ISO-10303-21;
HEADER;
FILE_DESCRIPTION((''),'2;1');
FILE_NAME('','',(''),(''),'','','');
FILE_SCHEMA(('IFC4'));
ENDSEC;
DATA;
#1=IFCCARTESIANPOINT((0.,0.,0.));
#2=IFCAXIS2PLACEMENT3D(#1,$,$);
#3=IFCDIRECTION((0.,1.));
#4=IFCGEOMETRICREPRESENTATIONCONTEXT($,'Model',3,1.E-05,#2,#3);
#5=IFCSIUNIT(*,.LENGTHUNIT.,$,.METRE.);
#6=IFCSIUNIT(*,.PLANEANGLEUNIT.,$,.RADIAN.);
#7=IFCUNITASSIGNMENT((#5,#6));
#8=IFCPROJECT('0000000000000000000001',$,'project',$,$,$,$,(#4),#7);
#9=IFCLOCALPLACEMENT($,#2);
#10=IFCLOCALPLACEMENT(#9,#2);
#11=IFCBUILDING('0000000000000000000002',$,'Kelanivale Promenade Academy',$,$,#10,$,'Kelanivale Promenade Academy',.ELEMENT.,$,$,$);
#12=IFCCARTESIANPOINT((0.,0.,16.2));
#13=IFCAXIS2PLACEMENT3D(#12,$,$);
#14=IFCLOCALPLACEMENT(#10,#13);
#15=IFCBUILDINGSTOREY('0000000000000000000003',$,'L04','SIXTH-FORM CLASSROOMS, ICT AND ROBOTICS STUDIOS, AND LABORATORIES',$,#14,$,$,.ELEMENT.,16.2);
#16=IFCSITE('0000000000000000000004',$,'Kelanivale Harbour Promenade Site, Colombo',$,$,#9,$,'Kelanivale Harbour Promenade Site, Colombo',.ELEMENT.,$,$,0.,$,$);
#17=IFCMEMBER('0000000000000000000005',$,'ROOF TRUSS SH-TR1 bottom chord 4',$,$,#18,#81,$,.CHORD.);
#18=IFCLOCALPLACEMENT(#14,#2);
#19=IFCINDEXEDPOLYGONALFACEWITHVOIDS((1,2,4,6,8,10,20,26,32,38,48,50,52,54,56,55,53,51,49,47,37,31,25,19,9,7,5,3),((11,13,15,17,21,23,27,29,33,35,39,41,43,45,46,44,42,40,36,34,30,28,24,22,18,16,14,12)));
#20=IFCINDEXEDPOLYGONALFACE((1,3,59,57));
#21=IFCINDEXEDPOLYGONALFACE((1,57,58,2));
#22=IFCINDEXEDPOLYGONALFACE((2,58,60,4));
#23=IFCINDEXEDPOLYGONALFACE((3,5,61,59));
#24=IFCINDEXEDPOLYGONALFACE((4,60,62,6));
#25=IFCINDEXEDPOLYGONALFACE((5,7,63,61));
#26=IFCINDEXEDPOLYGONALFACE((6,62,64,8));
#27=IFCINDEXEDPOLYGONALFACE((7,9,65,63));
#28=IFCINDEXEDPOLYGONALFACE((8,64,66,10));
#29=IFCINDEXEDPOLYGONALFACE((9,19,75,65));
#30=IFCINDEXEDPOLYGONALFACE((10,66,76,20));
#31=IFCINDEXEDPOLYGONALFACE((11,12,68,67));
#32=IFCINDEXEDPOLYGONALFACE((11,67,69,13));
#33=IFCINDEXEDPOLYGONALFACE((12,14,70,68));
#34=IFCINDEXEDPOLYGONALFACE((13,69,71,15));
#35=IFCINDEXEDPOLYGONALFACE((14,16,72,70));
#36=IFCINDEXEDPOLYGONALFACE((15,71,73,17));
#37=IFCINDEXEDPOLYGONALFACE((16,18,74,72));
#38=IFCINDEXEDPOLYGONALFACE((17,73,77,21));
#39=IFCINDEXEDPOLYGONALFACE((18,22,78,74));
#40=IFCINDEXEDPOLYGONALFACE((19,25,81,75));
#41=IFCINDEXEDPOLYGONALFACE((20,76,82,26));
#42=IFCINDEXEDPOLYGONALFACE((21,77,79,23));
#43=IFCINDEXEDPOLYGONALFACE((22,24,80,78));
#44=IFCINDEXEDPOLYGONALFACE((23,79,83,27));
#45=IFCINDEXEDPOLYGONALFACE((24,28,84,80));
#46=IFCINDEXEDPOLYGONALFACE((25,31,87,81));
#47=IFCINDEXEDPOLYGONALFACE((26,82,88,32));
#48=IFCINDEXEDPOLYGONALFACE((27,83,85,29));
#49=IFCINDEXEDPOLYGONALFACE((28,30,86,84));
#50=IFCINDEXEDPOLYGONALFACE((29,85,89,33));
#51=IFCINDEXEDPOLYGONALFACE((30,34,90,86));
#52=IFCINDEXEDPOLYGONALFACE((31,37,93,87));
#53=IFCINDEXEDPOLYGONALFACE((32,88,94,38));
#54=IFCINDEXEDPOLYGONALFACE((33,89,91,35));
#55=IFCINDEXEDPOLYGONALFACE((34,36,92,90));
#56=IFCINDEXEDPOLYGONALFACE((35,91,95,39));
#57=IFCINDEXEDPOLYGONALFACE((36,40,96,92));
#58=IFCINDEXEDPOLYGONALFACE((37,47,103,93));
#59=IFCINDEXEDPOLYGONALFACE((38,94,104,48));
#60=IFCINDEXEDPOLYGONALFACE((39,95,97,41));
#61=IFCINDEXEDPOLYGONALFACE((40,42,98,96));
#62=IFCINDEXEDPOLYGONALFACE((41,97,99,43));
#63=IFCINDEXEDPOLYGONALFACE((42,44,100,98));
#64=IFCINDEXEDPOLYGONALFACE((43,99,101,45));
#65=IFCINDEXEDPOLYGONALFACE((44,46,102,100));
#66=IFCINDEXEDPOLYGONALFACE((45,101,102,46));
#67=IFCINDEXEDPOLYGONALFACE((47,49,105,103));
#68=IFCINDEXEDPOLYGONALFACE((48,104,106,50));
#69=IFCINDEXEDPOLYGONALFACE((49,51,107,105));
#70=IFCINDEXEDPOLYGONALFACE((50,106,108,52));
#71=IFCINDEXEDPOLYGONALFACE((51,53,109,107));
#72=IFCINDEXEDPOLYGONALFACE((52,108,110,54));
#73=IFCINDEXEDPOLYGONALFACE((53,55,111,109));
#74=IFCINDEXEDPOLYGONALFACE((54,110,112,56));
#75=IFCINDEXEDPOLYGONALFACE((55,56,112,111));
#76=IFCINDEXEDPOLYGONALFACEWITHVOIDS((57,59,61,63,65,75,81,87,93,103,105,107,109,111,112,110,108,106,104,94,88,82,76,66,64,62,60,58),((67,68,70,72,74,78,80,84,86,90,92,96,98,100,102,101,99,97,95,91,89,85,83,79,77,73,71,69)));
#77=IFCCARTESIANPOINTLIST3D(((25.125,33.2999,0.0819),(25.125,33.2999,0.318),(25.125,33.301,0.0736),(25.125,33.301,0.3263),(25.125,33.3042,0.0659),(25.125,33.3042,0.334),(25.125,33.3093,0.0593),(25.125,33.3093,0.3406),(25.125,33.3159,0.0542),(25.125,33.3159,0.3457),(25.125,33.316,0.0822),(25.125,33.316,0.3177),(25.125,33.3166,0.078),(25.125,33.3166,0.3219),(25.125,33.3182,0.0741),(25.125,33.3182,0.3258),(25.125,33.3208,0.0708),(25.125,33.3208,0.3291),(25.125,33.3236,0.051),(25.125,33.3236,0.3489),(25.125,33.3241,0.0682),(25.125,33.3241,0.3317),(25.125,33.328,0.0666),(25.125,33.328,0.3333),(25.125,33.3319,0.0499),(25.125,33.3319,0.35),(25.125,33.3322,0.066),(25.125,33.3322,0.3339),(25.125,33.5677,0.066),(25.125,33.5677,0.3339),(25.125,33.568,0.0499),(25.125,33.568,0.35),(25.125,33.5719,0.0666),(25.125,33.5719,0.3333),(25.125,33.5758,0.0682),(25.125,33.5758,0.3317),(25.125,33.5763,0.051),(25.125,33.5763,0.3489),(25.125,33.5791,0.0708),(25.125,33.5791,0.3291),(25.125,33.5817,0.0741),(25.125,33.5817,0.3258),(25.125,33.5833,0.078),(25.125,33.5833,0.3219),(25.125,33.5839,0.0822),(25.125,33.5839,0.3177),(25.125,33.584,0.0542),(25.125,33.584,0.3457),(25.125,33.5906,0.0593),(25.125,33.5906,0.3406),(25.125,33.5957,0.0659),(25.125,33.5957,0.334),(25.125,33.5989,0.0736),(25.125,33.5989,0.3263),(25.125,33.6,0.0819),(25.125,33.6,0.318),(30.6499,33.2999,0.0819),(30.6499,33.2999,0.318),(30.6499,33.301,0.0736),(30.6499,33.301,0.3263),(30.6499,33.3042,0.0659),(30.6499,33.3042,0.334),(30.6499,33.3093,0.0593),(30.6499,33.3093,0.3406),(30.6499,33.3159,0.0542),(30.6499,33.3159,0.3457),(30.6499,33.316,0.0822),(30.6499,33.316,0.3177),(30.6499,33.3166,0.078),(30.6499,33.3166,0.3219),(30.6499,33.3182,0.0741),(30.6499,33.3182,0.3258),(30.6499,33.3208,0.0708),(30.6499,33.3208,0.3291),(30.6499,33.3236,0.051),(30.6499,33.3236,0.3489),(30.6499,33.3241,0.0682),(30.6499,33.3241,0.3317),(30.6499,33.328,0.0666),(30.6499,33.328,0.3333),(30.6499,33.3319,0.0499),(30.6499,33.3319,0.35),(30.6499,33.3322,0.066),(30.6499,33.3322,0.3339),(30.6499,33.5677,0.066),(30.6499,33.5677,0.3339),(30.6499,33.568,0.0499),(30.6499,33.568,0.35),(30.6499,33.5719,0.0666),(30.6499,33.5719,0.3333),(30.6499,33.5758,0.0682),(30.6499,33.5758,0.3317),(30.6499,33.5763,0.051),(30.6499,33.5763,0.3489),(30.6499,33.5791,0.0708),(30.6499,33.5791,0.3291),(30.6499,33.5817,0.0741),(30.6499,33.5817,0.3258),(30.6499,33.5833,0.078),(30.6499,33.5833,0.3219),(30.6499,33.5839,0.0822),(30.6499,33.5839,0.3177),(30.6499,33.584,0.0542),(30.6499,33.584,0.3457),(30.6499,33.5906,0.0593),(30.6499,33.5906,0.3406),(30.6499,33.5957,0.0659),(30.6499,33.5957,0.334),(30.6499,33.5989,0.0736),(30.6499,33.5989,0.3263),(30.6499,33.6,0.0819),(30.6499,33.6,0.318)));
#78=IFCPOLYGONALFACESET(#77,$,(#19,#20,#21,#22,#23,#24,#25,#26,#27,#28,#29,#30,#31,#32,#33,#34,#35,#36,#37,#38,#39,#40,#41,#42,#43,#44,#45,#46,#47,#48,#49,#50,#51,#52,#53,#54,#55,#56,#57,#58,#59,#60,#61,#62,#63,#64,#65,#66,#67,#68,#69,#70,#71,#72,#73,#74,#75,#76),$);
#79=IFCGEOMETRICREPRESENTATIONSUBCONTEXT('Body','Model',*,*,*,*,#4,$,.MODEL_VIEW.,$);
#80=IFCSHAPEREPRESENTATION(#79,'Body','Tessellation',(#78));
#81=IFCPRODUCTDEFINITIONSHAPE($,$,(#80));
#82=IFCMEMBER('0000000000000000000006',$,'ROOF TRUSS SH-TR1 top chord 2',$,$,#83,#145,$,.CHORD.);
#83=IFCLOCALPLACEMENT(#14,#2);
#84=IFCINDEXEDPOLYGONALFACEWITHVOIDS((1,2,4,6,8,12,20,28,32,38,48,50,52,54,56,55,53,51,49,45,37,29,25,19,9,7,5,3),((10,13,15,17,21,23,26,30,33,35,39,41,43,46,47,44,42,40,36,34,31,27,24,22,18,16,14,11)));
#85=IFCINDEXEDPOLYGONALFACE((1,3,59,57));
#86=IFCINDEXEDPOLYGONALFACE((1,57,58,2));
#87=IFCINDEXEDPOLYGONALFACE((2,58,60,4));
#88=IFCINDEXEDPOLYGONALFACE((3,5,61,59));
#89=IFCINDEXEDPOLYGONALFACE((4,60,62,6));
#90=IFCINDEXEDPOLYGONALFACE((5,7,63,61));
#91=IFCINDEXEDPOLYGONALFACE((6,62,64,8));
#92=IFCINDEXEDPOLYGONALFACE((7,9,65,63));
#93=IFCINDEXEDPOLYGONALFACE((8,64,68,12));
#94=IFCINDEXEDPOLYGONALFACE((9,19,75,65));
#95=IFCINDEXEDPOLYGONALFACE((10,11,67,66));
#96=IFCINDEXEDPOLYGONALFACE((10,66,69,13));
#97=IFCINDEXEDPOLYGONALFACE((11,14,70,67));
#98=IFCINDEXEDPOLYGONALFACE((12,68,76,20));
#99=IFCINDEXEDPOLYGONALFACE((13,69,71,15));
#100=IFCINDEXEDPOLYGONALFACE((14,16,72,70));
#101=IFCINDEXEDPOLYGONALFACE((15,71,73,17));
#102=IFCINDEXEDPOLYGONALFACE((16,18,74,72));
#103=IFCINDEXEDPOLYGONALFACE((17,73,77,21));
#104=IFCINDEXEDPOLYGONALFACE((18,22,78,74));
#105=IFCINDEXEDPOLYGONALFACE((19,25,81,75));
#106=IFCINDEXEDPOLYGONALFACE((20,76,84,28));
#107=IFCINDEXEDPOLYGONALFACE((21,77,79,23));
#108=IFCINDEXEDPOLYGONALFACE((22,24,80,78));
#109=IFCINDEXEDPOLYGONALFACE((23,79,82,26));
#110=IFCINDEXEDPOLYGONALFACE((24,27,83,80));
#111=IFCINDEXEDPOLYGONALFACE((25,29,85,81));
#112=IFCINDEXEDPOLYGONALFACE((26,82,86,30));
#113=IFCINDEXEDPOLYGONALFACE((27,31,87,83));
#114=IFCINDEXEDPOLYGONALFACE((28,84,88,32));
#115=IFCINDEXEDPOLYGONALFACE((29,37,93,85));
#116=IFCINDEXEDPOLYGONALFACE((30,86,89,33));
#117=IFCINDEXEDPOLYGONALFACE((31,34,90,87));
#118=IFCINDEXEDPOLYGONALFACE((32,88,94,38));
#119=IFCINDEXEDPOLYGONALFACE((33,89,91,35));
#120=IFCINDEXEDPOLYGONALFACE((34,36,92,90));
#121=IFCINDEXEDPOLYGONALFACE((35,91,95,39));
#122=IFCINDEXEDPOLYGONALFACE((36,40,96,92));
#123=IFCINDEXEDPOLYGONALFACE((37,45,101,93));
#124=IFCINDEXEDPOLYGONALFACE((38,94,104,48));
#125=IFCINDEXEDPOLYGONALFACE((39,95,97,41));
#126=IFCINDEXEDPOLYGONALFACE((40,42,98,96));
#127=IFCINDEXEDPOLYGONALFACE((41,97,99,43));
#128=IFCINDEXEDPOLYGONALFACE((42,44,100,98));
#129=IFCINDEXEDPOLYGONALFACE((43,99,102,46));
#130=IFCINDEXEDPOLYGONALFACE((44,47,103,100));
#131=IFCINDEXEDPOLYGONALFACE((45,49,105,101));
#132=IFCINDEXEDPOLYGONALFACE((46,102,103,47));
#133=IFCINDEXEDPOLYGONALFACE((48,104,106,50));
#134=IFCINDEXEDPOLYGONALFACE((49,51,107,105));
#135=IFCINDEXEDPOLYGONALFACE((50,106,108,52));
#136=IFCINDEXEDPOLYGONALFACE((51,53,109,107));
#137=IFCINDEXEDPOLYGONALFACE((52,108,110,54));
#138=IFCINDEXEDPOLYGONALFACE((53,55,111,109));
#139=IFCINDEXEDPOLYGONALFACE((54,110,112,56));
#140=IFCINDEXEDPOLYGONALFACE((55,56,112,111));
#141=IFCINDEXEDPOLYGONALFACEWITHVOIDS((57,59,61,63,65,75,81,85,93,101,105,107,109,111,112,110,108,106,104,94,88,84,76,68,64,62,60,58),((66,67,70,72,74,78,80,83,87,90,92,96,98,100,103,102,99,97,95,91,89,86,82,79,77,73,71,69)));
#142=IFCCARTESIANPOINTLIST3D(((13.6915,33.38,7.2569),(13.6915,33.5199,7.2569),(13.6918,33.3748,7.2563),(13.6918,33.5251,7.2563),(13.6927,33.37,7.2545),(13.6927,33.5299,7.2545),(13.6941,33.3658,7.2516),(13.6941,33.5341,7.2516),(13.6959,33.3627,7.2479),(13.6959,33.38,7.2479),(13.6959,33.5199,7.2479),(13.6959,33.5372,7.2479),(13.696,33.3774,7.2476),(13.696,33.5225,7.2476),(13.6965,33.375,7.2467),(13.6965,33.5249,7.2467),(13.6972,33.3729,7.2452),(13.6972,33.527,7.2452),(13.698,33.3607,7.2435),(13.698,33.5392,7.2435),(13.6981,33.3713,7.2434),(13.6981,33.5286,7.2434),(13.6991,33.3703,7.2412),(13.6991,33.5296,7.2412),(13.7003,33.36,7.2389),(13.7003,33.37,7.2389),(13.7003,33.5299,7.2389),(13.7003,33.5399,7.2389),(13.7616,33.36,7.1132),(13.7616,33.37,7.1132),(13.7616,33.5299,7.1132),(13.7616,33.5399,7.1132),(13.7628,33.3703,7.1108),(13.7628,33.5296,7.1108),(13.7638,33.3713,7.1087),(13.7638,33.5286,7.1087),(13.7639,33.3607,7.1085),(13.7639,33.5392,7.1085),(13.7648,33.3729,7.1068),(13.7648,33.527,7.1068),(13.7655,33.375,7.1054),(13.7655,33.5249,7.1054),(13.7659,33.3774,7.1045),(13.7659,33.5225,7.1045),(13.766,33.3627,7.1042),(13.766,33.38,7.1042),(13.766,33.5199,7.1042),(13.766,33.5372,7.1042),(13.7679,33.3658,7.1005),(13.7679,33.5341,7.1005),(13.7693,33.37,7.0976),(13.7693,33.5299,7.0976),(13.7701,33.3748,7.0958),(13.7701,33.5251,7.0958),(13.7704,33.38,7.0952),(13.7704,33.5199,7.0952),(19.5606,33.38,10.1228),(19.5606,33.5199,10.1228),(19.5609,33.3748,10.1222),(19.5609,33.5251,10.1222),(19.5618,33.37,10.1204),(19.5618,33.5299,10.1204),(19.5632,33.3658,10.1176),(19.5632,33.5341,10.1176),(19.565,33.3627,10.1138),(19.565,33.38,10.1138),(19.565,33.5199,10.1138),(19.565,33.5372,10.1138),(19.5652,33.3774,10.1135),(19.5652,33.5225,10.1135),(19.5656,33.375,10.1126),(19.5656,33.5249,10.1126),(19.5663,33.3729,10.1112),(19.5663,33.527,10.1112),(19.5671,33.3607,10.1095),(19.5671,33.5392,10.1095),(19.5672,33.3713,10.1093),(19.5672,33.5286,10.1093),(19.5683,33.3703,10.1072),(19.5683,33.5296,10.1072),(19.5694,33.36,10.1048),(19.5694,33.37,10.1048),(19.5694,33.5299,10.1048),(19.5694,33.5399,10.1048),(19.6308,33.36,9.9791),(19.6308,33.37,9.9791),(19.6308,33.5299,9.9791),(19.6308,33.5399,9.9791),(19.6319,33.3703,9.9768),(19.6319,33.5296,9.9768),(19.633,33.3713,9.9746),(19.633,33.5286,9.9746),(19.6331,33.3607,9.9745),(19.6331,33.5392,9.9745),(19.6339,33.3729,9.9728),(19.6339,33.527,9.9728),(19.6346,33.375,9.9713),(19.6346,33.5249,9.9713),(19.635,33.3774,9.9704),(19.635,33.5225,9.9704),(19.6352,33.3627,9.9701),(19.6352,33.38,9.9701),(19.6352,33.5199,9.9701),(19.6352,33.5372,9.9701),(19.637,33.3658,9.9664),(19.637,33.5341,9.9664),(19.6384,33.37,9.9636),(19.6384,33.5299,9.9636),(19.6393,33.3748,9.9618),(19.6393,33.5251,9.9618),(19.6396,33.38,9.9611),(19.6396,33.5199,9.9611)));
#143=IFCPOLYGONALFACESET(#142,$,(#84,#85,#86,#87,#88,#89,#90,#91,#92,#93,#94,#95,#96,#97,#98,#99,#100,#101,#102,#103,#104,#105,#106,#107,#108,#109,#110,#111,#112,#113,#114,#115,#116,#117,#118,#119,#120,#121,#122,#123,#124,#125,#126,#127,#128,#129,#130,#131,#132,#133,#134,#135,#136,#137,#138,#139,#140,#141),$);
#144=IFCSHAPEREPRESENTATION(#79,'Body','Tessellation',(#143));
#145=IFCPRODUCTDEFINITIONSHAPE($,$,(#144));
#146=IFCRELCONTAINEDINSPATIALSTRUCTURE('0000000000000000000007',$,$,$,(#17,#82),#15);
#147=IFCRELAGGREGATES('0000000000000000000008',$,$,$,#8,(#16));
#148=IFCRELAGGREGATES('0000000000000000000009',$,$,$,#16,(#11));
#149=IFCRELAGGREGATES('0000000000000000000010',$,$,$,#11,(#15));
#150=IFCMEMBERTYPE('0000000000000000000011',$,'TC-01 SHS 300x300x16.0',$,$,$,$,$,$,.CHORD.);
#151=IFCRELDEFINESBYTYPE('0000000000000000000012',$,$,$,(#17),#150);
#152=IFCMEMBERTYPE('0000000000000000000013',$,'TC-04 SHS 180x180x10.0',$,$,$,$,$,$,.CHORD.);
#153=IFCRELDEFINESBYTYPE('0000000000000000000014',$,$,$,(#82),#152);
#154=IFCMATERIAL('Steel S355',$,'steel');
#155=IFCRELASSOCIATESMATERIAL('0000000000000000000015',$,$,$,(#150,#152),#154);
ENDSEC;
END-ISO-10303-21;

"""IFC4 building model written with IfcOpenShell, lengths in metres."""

from ifc_helpers import new_model, si_unit, direction, frame, origin, origin_2d, place, context, subcontext, project, spatial, hollow_rectangle, extrude, material, material_profile, profile_set, type_object, element, save


model = new_model("IFC4")

# Units and contexts
model_context = context("Model", 3, precision=1e-05, world=origin(), true_north=direction((0.0, 1.0)))
body_context = subcontext(model_context, "Body", "Model", "MODEL_VIEW")
ifc_project = project(units=[si_unit("LENGTHUNIT", "METRE"), si_unit("PLANEANGLEUNIT", "RADIAN")], contexts=[model_context])

# Site, building, storey
site_placement = place(None, origin())
site = spatial("IfcSite", under=ifc_project, at=site_placement, Name="Kelanivale Harbour Promenade Site, Colombo", LongName="Kelanivale Harbour Promenade Site, Colombo", CompositionType="ELEMENT", RefElevation=0.0)
building_placement = place(site_placement, origin())
building = spatial("IfcBuilding", under=site, at=building_placement, Name="Kelanivale Promenade Academy", LongName="Kelanivale Promenade Academy", CompositionType="ELEMENT")
storey_placement = place(building_placement, frame((0.0, 0.0, 16.2)))
storey = spatial("IfcBuildingStorey", under=building, at=storey_placement, Name="L04", Description="SIXTH-FORM CLASSROOMS, ICT AND ROBOTICS STUDIOS, AND LABORATORIES", CompositionType="ELEMENT", Elevation=16.2)

# Members
ifc_material = material(Name="Steel S355", Category="steel")
ifc_material_profile_1 = material_profile(ifc_material, hollow_rectangle(XDim=0.3, YDim=0.3, WallThickness=0.0161, InnerFilletRadius=0.0161, OuterFilletRadius=0.032, at=origin_2d()), Name="SHS 300x300x16.0")
ifc_profile_set_1 = profile_set([ifc_material_profile_1], Name="Steel S355")
member_type_1 = type_object("IfcMemberType", Name="TC-01 SHS 300x300x16.0", PredefinedType="CHORD", material=ifc_profile_set_1)
for number, where, z_axis, x_axis, name in (
    (1, (25.125, 33.45, 0.2), (1.0, 0.0, 0.0), (0.0, 1.0, 0.0), "ROOF TRUSS SH-TR1 bottom chord 4"),
):
    element("IfcMember", number, at=place(storey_placement, frame(where, z_axis=z_axis, x_axis=x_axis)), inside=storey, type_object=member_type_1, Name=name, PredefinedType="CHORD", context=body_context, shape_type="SweptSolid", body=[
        extrude(hollow_rectangle(XDim=0.3, YDim=0.3, WallThickness=0.0161, InnerFilletRadius=0.0161, OuterFilletRadius=0.032, at=origin_2d()), origin(), (0.0, 0.0, 1.0), 5.5249),
    ])
ifc_material_profile_2 = material_profile(ifc_material, hollow_rectangle(XDim=0.1799, YDim=0.1799, WallThickness=0.01, InnerFilletRadius=0.01, OuterFilletRadius=0.02, at=origin_2d()), Name="SHS 180x180x10.0")
ifc_profile_set_2 = profile_set([ifc_material_profile_2], Name="Steel S355")
member_type_2 = type_object("IfcMemberType", Name="TC-04 SHS 180x180x10.0", PredefinedType="CHORD", material=ifc_profile_set_2)
member_1_placement = place(storey_placement, frame((13.731, 33.45, 7.176), z_axis=(0.898589, 0.0, 0.438791), x_axis=(0.0, 1.0, 0.0)))
element("IfcMember", 2, at=member_1_placement, inside=storey, type_object=member_type_2, Name="ROOF TRUSS SH-TR1 top chord 2", PredefinedType="CHORD", context=body_context, shape_type="SweptSolid", body=[
    extrude(hollow_rectangle(XDim=0.1799, YDim=0.1799, WallThickness=0.01, InnerFilletRadius=0.01, OuterFilletRadius=0.02, at=origin_2d()), origin(), (0.0, 0.0, 1.0), 6.5315),
])

save(model, "model.ifc")
